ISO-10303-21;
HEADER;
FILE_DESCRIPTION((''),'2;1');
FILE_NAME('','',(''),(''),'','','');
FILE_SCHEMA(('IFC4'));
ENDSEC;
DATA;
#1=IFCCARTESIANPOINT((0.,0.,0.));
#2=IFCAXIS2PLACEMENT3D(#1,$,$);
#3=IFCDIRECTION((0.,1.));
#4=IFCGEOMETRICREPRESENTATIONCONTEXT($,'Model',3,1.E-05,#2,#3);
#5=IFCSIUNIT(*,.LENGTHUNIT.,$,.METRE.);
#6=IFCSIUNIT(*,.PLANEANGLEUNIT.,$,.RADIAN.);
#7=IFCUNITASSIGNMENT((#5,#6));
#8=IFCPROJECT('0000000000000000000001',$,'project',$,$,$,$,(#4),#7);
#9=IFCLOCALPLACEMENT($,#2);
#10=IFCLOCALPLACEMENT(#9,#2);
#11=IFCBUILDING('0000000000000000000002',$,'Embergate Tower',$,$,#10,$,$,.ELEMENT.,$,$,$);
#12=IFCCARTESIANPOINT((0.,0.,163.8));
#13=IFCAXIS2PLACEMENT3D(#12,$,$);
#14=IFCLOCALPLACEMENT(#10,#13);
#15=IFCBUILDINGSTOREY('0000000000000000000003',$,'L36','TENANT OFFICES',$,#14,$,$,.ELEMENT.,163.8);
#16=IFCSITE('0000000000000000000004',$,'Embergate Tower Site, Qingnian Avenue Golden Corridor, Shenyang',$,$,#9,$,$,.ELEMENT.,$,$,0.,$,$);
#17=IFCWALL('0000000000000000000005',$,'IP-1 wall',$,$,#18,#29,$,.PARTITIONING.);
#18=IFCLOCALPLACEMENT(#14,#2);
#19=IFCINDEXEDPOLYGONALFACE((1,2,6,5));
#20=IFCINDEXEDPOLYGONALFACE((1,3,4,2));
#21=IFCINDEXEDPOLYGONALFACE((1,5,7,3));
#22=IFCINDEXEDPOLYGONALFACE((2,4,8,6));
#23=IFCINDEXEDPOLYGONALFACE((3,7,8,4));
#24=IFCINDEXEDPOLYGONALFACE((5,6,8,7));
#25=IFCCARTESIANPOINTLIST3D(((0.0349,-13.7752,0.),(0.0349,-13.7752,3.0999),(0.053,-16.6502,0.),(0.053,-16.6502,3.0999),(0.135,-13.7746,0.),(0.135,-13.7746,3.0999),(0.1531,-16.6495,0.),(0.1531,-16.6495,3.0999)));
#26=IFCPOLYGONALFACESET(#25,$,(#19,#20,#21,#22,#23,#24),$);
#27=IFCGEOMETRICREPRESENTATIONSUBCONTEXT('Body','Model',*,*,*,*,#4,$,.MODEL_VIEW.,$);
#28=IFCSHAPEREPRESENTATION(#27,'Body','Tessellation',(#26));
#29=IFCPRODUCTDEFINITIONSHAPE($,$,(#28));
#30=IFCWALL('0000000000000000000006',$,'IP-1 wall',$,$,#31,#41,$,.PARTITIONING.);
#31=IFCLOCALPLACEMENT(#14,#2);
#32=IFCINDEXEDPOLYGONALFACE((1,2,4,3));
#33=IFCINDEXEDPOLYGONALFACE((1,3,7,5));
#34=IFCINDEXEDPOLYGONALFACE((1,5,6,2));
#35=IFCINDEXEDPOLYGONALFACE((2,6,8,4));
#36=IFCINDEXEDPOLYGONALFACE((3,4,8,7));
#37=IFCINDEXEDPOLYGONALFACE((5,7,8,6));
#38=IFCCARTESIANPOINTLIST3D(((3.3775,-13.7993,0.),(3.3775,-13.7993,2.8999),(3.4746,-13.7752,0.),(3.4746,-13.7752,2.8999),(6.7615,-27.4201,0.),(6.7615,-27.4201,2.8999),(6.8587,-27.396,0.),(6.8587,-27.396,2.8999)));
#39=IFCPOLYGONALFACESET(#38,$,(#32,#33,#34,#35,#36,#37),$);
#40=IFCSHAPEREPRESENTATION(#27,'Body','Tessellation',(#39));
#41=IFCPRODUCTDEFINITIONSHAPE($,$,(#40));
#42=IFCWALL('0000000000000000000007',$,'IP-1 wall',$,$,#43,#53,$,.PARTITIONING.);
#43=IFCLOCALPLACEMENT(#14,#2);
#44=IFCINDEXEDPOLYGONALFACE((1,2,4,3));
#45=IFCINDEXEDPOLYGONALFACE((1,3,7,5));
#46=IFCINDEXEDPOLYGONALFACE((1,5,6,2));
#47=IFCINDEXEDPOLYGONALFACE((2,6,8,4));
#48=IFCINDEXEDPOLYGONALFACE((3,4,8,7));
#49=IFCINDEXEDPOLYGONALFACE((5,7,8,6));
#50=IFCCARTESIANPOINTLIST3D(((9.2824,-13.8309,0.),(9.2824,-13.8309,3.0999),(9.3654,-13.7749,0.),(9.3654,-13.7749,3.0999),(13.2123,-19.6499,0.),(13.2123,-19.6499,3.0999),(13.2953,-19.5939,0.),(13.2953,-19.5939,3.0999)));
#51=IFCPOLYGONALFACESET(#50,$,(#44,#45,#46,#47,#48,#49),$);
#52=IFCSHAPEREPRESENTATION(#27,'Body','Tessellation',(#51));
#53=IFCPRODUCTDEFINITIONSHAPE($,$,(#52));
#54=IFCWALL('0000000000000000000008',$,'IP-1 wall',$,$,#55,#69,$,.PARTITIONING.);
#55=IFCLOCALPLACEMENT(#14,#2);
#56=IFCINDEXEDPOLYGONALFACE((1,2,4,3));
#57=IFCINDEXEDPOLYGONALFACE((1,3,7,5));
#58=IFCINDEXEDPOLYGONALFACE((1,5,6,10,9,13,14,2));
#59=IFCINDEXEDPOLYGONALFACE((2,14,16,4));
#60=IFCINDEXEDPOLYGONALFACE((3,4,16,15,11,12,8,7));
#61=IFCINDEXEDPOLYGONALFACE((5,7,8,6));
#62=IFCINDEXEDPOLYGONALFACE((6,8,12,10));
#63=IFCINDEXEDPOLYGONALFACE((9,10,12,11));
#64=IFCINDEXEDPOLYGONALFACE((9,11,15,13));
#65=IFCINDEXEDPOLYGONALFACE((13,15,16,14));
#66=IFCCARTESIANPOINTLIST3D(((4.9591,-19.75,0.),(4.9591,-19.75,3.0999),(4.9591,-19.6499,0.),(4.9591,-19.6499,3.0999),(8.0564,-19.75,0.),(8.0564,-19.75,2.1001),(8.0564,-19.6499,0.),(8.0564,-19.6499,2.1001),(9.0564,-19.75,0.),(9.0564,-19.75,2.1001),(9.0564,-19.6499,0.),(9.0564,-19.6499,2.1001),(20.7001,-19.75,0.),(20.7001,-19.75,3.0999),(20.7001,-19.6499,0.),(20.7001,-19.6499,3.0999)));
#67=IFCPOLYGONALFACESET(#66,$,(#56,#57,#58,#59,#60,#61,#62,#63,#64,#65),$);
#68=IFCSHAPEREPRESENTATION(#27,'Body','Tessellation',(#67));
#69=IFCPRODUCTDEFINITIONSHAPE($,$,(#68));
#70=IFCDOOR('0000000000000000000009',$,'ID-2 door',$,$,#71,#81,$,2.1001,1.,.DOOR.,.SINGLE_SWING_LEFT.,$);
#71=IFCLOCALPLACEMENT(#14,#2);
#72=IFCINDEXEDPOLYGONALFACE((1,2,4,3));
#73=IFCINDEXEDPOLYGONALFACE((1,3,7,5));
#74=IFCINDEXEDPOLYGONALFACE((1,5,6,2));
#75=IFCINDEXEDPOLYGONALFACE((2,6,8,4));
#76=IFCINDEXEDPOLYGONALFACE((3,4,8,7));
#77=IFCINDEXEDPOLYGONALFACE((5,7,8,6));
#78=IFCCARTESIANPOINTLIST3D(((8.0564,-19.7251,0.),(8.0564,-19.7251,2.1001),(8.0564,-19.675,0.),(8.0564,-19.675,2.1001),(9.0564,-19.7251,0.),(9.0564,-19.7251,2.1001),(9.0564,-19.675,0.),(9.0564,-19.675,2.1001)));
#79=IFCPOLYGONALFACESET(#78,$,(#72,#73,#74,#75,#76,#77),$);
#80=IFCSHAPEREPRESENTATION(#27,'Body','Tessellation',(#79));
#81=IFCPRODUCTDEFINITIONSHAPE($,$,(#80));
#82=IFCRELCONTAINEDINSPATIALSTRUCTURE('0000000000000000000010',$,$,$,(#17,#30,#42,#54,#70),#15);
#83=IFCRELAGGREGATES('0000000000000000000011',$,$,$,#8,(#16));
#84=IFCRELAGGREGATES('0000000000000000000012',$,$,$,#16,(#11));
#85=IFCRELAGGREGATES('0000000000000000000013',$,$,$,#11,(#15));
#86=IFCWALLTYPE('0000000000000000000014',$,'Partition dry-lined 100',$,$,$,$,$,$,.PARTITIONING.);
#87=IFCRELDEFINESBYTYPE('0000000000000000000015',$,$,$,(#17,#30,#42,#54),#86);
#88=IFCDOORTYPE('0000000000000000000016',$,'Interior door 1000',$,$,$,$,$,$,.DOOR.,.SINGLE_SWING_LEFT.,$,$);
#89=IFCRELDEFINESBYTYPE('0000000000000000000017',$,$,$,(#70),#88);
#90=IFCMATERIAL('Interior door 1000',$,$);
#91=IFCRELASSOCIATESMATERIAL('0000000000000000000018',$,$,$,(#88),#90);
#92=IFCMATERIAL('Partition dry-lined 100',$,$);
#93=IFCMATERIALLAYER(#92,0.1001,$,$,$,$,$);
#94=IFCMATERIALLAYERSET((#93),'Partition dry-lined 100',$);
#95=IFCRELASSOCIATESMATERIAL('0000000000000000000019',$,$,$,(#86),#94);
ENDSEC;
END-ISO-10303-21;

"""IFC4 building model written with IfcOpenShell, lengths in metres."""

from ifc_helpers import new_model, si_unit, direction, frame, frame_2d, origin, place, context, subcontext, project, spatial, rectangle, extrude, source, transform, mapped, material, layer, layer_set, type_object, element, fill, save


model = new_model("IFC4")

# Units and contexts
model_context = context("Model", 3, precision=1e-05, world=origin(), true_north=direction((0.0, 1.0)))
body_context = subcontext(model_context, "Body", "Model", "MODEL_VIEW")
ifc_project = project(units=[si_unit("LENGTHUNIT", "METRE"), si_unit("PLANEANGLEUNIT", "RADIAN")], contexts=[model_context])

# Site, building, storey
site_placement = place(None, origin())
site = spatial("IfcSite", under=ifc_project, at=site_placement, Name="Embergate Tower Site, Qingnian Avenue Golden Corridor, Shenyang", CompositionType="ELEMENT", RefElevation=0.0)
building_placement = place(site_placement, origin())
building = spatial("IfcBuilding", under=site, at=building_placement, Name="Embergate Tower", CompositionType="ELEMENT")
storey_placement = place(building_placement, frame((0.0, 0.0, 163.8)))
storey = spatial("IfcBuildingStorey", under=building, at=storey_placement, Name="L36", Description="TENANT OFFICES", CompositionType="ELEMENT", Elevation=163.8)

# Shared definitions
shared_shape_1 = source(origin(), body_context, "Body", "SweptSolid", [
    extrude(rectangle(XDim=1.0, YDim=2.1001, at=frame_2d((0.5, 1.05))), frame((0.0, 0.0249, 0.0), z_axis=(0.0, -1.0, 0.0), x_axis=(1.0, 0.0, 0.0)), (0.0, 0.0, 1.0), 0.05),
])
ifc_material_1 = material(Name="Interior door 1000")
door_type_1 = type_object("IfcDoorType", Name="Interior door 1000", OperationType="SINGLE_SWING_LEFT", PredefinedType="DOOR", material=ifc_material_1)

# Shared definitions
ifc_material_2 = material(Name="Partition dry-lined 100")
ifc_layer_1 = layer(ifc_material_2, 0.1001)
ifc_layer_set_1 = layer_set([ifc_layer_1], Name="Partition dry-lined 100")
wall_type_1 = type_object("IfcWallType", Name="Partition dry-lined 100", PredefinedType="PARTITIONING", material=ifc_layer_set_1)
shared_shape_2 = source(origin(), body_context, "Body", "SweptSolid", [
    extrude(rectangle(XDim=1.0, YDim=2.1001, at=frame_2d((0.5, 1.05))), frame((0.0, 0.0601, 0.0), z_axis=(0.0, -1.0, 0.0), x_axis=(1.0, 0.0, 0.0)), (0.0, 0.0, 1.0), 0.1201),
])

# Walls
shared_shape_3 = source(origin(), body_context, "Body", "SweptSolid", [
    extrude(rectangle(XDim=2.875, YDim=0.1001, at=frame_2d((1.4375, 0.0))), origin(), (0.0, 0.0, 1.0), 3.0999),
])
wall_1_placement = place(storey_placement, frame((0.085, -13.7749, 0.0), z_axis=(0.0, 0.0, 1.0), x_axis=(0.006284, -0.99998, 0.0)))
element("IfcWall", 1, at=wall_1_placement, inside=storey, type_object=wall_type_1, Name="IP-1 wall", PredefinedType="PARTITIONING", context=body_context, shape_type="MappedRepresentation", body=[
    mapped(shared_shape_3, transform((0.0, 0.0, 0.0))),
])
shared_shape_4 = source(origin(), body_context, "Body", "SweptSolid", [
    extrude(rectangle(XDim=14.0349, YDim=0.1001, at=frame_2d((7.0176, 0.0))), origin(), (0.0, 0.0, 1.0), 2.8999),
])
wall_2_placement = place(storey_placement, frame((3.426, -13.7871, 0.0), z_axis=(0.0, 0.0, 1.0), x_axis=(0.241115, -0.970497, 0.0)))
element("IfcWall", 2, at=wall_2_placement, inside=storey, type_object=wall_type_1, Name="IP-1 wall", PredefinedType="PARTITIONING", context=body_context, shape_type="MappedRepresentation", body=[
    mapped(shared_shape_4, transform((0.0, 0.0, 0.0))),
])
shared_shape_5 = source(origin(), body_context, "Body", "SweptSolid", [
    extrude(rectangle(XDim=7.0217, YDim=0.1001, at=frame_2d((3.5107, 0.0))), origin(), (0.0, 0.0, 1.0), 3.0999),
])
wall_3_placement = place(storey_placement, frame((9.324, -13.803, 0.0), z_axis=(0.0, 0.0, 1.0), x_axis=(0.559673, -0.828714, 0.0)))
element("IfcWall", 3, at=wall_3_placement, inside=storey, type_object=wall_type_1, Name="IP-1 wall", PredefinedType="PARTITIONING", context=body_context, shape_type="MappedRepresentation", body=[
    mapped(shared_shape_5, transform((0.0, 0.0, 0.0))),
])

# Wall, opening, door
shared_shape_6 = source(origin(), body_context, "Body", "SweptSolid", [
    extrude(rectangle(XDim=15.741, YDim=0.1001, at=frame_2d((7.8706, 0.0))), origin(), (0.0, 0.0, 1.0), 3.0999),
])
wall_4_placement = place(storey_placement, frame((4.959, -19.7, 0.0), z_axis=(0.0, 0.0, 1.0), x_axis=(1.0, 0.0, 0.0)))
wall_4 = element("IfcWall", 4, at=wall_4_placement, inside=storey, type_object=wall_type_1, Name="IP-1 wall", PredefinedType="PARTITIONING", context=body_context, shape_type="MappedRepresentation", body=[
    mapped(shared_shape_6, transform((0.0, 0.0, 0.0))),
])
opening_1_placement = place(wall_4_placement, frame((3.0974, 0.0, 0.0)))
opening_1 = element("IfcOpeningElement", 5, at=opening_1_placement, cuts=wall_4, PredefinedType="OPENING", context=body_context, shape_type="MappedRepresentation", body=[
    mapped(shared_shape_2, transform((0.0, 0.0, 0.0))),
])
door_1_placement = place(opening_1_placement, origin())
door_1 = element("IfcDoor", 6, at=door_1_placement, inside=storey, type_object=door_type_1, Name="ID-2 door", OperationType="SINGLE_SWING_LEFT", OverallHeight=2.1001, OverallWidth=1.0, PredefinedType="DOOR", context=body_context, shape_type="MappedRepresentation", body=[
    mapped(shared_shape_1, transform((0.0, 0.0, 0.0))),
])
fill(opening_1, door_1)

save(model, "model.ifc")
